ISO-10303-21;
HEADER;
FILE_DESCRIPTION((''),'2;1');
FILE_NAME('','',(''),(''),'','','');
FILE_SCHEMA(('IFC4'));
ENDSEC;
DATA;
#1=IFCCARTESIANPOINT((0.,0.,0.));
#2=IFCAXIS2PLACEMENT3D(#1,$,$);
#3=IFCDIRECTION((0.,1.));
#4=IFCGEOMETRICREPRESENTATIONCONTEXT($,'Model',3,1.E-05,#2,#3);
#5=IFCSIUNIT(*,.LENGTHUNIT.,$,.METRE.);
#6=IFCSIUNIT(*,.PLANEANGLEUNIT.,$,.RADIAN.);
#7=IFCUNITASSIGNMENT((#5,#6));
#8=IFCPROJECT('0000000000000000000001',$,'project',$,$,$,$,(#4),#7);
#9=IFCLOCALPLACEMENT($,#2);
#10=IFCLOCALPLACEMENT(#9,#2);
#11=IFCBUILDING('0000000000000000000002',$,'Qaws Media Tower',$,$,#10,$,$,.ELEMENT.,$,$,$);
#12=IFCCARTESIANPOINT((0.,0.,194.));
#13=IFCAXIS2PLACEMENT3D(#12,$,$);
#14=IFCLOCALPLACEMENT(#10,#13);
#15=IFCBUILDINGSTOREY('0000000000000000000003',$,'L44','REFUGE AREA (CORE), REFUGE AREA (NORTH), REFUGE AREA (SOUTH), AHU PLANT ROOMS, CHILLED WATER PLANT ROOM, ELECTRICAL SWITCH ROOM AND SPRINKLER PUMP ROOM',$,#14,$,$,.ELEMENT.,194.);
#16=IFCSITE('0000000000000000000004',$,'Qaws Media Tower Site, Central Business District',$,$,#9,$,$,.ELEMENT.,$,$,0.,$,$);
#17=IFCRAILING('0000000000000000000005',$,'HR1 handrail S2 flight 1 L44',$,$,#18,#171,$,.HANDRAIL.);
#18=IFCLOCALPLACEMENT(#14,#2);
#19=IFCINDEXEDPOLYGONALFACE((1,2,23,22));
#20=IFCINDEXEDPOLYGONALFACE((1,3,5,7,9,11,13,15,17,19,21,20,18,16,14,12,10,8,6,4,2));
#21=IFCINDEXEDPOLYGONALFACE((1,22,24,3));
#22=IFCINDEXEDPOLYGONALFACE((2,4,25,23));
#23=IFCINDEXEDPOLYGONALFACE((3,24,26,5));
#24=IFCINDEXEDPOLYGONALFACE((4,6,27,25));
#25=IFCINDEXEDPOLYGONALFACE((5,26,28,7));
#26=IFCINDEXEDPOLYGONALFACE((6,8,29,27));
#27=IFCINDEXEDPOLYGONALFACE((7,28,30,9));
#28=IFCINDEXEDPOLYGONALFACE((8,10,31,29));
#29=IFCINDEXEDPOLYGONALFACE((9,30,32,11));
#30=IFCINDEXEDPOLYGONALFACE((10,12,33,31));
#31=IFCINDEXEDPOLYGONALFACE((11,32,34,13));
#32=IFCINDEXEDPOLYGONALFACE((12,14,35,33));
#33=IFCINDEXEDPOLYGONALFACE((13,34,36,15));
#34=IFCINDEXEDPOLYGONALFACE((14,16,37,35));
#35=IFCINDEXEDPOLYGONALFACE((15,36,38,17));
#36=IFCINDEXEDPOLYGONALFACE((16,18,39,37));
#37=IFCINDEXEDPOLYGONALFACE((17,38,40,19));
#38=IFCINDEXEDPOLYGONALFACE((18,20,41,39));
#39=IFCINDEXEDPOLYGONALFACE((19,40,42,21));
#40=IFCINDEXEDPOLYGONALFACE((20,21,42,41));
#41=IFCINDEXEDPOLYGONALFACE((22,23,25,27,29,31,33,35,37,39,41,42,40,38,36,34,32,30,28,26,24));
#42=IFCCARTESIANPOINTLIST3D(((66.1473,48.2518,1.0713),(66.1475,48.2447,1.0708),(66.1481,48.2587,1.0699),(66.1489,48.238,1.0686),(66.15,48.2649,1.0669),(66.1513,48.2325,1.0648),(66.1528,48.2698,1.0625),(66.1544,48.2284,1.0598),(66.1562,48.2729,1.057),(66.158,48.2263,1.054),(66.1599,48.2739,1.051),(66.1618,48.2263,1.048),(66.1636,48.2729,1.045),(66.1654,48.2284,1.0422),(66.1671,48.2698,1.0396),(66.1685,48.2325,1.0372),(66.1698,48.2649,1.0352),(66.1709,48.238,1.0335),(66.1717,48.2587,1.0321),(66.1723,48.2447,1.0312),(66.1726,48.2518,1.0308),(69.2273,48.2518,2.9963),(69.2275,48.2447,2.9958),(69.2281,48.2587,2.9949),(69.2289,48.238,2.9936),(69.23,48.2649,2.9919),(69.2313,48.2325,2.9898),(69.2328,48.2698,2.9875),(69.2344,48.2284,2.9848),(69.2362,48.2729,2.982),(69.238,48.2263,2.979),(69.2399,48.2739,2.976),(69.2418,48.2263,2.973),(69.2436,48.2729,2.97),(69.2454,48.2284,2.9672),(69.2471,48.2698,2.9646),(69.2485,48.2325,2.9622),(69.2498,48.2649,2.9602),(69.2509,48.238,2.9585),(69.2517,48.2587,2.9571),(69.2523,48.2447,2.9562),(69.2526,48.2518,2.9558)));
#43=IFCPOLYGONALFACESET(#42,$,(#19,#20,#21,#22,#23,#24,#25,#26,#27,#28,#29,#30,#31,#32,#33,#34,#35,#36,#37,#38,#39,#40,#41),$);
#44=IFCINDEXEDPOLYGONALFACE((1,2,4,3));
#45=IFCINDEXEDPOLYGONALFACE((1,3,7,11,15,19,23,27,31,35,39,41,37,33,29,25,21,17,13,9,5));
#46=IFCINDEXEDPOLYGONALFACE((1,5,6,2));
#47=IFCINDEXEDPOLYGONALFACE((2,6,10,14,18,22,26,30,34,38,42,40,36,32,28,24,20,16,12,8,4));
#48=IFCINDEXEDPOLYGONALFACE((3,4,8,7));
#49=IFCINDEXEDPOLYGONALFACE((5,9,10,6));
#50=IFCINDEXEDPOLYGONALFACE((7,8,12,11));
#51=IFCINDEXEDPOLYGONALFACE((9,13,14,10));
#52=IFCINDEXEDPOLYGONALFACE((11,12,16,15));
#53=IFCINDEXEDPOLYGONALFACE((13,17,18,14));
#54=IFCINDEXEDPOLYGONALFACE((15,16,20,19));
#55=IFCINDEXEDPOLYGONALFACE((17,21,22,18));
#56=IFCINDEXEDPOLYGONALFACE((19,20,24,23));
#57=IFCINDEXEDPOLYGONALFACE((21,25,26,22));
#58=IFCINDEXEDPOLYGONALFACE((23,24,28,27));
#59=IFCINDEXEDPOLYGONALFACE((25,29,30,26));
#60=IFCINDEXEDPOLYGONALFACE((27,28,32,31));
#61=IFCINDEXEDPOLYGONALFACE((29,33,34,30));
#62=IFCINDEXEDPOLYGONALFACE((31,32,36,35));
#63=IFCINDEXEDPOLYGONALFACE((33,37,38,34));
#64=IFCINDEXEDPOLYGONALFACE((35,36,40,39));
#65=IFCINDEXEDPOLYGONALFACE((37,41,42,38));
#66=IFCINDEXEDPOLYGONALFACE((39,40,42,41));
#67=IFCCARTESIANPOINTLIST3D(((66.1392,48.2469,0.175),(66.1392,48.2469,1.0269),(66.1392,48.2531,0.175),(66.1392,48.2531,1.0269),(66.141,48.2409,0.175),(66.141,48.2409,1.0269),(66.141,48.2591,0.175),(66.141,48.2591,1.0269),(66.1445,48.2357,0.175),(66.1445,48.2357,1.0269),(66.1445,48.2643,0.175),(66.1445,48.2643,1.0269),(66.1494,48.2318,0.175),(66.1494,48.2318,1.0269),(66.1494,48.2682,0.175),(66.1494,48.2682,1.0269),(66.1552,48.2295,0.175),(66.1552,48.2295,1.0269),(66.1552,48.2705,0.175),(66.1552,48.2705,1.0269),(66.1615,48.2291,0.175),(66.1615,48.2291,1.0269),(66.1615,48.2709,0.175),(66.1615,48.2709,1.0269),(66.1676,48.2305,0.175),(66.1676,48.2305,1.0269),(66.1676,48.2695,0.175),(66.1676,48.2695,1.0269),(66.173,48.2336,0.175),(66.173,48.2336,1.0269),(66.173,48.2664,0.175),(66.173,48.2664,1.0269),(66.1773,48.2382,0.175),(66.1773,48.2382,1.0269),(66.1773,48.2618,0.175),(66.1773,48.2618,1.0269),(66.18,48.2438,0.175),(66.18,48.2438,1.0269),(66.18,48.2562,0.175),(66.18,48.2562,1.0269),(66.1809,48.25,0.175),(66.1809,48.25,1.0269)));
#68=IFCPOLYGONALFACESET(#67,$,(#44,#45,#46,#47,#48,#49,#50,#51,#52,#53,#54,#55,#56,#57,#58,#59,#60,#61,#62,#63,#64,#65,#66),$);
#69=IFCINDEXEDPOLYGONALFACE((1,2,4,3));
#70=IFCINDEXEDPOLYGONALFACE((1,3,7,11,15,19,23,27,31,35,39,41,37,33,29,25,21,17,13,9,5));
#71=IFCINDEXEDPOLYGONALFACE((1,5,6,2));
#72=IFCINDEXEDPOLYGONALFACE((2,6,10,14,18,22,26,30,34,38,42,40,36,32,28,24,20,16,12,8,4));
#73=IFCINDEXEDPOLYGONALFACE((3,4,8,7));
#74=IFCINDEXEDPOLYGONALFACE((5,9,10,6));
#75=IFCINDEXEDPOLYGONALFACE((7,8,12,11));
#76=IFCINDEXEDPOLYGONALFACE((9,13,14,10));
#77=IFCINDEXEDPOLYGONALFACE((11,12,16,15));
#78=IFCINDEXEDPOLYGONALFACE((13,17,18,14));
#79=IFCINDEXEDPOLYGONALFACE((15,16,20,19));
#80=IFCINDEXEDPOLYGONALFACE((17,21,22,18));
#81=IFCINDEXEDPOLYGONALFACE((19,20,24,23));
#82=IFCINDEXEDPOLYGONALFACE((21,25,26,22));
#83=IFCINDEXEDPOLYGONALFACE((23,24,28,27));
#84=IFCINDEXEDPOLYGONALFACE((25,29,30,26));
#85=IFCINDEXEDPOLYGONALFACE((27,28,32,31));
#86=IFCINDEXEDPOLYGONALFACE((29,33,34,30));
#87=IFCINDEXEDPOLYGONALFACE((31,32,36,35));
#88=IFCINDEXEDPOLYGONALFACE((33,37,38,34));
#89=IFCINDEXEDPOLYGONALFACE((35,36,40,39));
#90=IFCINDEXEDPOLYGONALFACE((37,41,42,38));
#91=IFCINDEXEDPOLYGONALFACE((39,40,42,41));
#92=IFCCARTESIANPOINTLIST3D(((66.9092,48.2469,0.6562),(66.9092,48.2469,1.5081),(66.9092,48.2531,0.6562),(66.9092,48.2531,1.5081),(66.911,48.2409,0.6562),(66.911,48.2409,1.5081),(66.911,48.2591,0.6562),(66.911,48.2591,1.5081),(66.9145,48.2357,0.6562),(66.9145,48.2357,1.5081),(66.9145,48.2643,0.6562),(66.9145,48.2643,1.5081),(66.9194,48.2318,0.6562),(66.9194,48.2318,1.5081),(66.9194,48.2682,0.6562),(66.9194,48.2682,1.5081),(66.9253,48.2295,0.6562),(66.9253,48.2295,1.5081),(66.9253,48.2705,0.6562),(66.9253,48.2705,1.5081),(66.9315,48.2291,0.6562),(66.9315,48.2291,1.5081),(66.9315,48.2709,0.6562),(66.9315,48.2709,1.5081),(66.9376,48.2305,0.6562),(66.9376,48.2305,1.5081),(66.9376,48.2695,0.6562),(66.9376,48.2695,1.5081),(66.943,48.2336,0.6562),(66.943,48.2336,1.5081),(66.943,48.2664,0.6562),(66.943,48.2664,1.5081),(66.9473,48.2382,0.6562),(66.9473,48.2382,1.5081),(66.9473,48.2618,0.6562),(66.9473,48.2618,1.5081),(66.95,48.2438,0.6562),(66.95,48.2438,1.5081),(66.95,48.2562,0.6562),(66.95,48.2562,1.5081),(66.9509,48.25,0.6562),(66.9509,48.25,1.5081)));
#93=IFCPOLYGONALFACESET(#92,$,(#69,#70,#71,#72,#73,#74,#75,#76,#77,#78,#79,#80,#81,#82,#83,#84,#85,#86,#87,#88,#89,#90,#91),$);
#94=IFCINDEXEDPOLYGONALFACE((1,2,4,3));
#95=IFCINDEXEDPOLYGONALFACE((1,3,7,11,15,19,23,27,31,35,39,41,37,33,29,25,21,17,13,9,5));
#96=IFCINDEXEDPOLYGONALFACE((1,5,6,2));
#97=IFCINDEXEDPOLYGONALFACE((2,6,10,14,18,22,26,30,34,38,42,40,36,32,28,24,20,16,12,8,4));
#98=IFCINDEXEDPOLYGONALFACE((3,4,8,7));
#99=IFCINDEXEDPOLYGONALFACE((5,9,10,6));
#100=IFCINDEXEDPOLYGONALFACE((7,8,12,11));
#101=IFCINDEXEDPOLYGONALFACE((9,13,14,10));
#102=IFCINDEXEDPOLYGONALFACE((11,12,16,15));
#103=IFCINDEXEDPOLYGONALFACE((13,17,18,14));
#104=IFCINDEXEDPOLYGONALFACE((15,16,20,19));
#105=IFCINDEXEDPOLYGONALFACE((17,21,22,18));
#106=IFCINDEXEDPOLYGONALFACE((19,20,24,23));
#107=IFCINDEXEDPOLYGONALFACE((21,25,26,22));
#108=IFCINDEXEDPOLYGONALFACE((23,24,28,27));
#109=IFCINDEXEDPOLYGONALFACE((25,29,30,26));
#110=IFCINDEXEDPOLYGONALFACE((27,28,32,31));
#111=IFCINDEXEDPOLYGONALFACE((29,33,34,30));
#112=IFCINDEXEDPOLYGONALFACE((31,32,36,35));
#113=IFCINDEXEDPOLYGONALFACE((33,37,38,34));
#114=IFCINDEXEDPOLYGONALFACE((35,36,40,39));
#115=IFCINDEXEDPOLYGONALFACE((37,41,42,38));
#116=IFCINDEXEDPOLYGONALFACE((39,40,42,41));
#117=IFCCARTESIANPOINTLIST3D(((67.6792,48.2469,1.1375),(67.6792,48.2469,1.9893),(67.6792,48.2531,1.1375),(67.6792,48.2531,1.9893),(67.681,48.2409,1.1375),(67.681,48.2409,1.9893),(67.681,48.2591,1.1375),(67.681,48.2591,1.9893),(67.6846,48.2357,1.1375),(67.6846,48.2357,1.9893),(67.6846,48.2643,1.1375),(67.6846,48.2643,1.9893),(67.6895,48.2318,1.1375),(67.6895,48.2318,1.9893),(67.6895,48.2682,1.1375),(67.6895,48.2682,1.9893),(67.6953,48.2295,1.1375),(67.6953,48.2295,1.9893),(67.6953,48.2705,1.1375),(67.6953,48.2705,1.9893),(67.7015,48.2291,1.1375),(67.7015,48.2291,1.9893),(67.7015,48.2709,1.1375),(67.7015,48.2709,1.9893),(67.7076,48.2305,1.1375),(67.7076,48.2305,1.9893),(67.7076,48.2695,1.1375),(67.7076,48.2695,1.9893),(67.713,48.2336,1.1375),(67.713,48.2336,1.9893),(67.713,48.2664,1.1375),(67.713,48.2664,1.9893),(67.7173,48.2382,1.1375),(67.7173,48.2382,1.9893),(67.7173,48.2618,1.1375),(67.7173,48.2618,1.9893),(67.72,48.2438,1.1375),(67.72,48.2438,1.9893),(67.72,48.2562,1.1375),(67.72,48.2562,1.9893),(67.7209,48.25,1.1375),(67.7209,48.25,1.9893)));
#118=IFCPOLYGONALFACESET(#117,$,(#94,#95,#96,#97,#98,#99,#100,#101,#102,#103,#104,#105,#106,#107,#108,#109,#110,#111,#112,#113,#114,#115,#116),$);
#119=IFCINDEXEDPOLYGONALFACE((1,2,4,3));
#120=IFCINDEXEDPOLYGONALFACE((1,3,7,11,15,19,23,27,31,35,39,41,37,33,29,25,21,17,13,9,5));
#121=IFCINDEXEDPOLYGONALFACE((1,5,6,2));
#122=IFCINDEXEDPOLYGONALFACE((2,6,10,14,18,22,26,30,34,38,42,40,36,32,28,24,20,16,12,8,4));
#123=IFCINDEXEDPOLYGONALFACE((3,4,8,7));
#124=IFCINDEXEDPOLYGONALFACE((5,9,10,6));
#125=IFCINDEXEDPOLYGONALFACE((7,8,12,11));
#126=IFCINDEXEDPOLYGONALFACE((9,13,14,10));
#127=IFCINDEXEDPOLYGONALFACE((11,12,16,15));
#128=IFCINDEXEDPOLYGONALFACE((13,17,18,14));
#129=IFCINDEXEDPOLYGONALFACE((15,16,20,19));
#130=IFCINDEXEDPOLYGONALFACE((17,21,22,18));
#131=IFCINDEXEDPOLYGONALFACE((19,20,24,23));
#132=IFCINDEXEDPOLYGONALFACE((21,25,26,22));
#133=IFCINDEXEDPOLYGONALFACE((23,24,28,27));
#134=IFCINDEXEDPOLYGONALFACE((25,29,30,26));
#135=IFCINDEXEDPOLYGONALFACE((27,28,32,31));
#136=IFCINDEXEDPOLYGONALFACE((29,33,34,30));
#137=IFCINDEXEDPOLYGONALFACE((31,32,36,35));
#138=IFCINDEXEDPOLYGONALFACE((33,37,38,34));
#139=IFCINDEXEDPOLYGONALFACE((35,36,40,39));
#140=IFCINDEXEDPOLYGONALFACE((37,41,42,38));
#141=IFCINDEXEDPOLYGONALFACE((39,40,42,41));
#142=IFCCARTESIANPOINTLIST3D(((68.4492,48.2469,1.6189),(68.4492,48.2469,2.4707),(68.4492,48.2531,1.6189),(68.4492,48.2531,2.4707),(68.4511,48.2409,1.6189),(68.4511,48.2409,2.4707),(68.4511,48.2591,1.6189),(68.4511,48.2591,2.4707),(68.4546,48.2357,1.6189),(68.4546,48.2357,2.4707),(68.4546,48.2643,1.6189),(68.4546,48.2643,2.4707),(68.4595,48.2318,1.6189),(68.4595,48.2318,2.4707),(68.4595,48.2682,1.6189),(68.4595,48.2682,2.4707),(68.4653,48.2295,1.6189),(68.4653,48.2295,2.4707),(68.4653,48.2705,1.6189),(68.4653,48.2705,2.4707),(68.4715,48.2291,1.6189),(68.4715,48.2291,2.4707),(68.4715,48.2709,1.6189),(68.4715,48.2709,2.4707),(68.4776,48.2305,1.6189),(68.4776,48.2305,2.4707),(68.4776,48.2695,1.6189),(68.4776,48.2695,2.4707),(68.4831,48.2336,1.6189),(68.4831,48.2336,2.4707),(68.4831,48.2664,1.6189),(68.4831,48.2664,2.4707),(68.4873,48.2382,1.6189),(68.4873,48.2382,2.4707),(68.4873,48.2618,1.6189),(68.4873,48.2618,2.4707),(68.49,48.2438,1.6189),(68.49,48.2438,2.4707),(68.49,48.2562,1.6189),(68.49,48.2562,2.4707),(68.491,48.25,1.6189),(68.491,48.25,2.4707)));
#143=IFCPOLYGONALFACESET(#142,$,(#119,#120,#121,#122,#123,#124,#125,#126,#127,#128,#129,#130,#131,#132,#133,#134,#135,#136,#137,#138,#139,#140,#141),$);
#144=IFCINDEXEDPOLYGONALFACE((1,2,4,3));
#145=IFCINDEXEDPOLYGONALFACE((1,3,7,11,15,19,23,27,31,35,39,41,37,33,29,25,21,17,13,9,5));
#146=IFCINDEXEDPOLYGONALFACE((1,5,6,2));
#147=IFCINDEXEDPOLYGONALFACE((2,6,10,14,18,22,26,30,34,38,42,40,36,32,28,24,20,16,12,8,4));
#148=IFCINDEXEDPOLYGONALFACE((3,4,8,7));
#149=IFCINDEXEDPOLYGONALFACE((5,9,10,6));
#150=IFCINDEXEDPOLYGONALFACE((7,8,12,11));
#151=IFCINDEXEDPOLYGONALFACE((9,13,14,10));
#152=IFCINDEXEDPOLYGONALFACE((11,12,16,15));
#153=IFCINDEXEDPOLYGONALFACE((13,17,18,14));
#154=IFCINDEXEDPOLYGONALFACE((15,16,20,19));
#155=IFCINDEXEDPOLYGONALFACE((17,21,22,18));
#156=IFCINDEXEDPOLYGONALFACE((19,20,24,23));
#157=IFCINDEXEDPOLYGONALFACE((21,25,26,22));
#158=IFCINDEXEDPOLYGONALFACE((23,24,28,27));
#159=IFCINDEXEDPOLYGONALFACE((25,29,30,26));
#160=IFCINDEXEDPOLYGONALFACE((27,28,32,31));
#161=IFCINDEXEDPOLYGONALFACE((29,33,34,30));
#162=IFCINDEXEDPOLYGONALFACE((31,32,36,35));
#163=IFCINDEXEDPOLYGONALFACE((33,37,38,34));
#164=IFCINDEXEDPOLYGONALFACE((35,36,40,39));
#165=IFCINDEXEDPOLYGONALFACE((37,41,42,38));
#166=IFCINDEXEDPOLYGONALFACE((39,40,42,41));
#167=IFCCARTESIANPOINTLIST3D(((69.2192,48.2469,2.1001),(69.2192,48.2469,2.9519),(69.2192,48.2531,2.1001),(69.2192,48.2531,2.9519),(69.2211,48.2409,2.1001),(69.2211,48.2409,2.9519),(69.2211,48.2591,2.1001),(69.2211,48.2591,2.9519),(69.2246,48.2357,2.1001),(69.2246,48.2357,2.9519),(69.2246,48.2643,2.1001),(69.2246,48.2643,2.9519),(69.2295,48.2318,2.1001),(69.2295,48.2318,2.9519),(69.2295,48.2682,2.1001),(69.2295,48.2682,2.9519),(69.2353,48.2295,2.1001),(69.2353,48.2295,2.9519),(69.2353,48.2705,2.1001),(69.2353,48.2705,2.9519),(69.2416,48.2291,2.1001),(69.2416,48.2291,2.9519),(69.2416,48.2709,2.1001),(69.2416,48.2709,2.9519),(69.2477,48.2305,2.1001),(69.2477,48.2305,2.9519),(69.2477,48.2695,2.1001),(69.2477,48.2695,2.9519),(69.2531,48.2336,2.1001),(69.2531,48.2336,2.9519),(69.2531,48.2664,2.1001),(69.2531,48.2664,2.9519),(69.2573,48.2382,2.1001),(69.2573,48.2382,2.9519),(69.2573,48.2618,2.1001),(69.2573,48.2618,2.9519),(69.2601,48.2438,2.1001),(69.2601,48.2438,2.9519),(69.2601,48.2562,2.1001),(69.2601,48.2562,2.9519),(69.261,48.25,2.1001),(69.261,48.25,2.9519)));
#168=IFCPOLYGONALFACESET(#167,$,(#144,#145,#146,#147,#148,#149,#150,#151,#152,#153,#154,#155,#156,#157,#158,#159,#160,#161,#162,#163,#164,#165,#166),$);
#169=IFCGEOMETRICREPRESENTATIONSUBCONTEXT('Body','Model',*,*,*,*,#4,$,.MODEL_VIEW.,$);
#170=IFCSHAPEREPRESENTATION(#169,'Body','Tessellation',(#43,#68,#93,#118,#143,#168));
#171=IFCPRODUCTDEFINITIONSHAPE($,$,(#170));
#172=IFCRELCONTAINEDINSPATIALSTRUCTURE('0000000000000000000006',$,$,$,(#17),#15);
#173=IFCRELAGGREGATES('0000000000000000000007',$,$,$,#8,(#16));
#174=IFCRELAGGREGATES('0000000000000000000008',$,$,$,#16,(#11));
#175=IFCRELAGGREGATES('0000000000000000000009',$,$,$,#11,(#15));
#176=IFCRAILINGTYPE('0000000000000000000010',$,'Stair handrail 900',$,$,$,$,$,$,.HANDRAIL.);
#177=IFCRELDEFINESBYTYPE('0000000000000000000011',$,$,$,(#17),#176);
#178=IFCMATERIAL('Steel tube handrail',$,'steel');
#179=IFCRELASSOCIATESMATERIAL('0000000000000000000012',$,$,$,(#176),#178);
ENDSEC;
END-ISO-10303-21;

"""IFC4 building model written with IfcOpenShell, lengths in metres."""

from ifc_helpers import new_model, si_unit, direction, frame, origin, origin_2d, place, context, subcontext, project, spatial, circle, extrude, material, type_object, element, save


model = new_model("IFC4")

# Units and contexts
model_context = context("Model", 3, precision=1e-05, world=origin(), true_north=direction((0.0, 1.0)))
body_context = subcontext(model_context, "Body", "Model", "MODEL_VIEW")
ifc_project = project(units=[si_unit("LENGTHUNIT", "METRE"), si_unit("PLANEANGLEUNIT", "RADIAN")], contexts=[model_context])

# Site, building, storey
site_placement = place(None, origin())
site = spatial("IfcSite", under=ifc_project, at=site_placement, Name="Qaws Media Tower Site, Central Business District", CompositionType="ELEMENT", RefElevation=0.0)
building_placement = place(site_placement, origin())
building = spatial("IfcBuilding", under=site, at=building_placement, Name="Qaws Media Tower", CompositionType="ELEMENT")
storey_placement = place(building_placement, frame((0.0, 0.0, 194.0)))
storey = spatial("IfcBuildingStorey", under=building, at=storey_placement, Name="L44", Description="REFUGE AREA (CORE), REFUGE AREA (NORTH), REFUGE AREA (SOUTH), AHU PLANT ROOMS, CHILLED WATER PLANT ROOM, ELECTRICAL SWITCH ROOM AND SPRINKLER PUMP ROOM", CompositionType="ELEMENT", Elevation=194.0)

# Railing
ifc_material_1 = material(Name="Steel tube handrail", Category="steel")
railing_type = type_object("IfcRailingType", Name="Stair handrail 900", PredefinedType="HANDRAIL", material=ifc_material_1)
for number, where, name in (
    (1, (66.1599, 48.25, 0.175), "HR1 handrail S2 flight 1 L44"),
):
    element("IfcRailing", number, at=place(storey_placement, frame(where)), inside=storey, type_object=railing_type, Name=name, PredefinedType="HANDRAIL", context=body_context, shape_type="SweptSolid", body=[
        extrude(circle(Radius=0.0239, at=origin_2d()), frame((0.0, 0.0, 0.876), z_axis=(0.847998, 0.0, 0.529999), x_axis=(0.0, 1.0, 0.0)), (0.0, 0.0, 1.0), 3.6321),
        extrude(circle(Radius=0.021, at=origin_2d()), origin(), (0.0, 0.0, 1.0), 0.8518),
        extrude(circle(Radius=0.021, at=origin_2d()), frame((0.77, 0.0, 0.4812)), (0.0, 0.0, 1.0), 0.8518),
        extrude(circle(Radius=0.021, at=origin_2d()), frame((1.54, 0.0, 0.9624)), (0.0, 0.0, 1.0), 0.8518),
        extrude(circle(Radius=0.021, at=origin_2d()), frame((2.3101, 0.0, 1.4438)), (0.0, 0.0, 1.0), 0.8518),
        extrude(circle(Radius=0.021, at=origin_2d()), frame((3.0801, 0.0, 1.925)), (0.0, 0.0, 1.0), 0.8518),
    ])

save(model, "model.ifc")
